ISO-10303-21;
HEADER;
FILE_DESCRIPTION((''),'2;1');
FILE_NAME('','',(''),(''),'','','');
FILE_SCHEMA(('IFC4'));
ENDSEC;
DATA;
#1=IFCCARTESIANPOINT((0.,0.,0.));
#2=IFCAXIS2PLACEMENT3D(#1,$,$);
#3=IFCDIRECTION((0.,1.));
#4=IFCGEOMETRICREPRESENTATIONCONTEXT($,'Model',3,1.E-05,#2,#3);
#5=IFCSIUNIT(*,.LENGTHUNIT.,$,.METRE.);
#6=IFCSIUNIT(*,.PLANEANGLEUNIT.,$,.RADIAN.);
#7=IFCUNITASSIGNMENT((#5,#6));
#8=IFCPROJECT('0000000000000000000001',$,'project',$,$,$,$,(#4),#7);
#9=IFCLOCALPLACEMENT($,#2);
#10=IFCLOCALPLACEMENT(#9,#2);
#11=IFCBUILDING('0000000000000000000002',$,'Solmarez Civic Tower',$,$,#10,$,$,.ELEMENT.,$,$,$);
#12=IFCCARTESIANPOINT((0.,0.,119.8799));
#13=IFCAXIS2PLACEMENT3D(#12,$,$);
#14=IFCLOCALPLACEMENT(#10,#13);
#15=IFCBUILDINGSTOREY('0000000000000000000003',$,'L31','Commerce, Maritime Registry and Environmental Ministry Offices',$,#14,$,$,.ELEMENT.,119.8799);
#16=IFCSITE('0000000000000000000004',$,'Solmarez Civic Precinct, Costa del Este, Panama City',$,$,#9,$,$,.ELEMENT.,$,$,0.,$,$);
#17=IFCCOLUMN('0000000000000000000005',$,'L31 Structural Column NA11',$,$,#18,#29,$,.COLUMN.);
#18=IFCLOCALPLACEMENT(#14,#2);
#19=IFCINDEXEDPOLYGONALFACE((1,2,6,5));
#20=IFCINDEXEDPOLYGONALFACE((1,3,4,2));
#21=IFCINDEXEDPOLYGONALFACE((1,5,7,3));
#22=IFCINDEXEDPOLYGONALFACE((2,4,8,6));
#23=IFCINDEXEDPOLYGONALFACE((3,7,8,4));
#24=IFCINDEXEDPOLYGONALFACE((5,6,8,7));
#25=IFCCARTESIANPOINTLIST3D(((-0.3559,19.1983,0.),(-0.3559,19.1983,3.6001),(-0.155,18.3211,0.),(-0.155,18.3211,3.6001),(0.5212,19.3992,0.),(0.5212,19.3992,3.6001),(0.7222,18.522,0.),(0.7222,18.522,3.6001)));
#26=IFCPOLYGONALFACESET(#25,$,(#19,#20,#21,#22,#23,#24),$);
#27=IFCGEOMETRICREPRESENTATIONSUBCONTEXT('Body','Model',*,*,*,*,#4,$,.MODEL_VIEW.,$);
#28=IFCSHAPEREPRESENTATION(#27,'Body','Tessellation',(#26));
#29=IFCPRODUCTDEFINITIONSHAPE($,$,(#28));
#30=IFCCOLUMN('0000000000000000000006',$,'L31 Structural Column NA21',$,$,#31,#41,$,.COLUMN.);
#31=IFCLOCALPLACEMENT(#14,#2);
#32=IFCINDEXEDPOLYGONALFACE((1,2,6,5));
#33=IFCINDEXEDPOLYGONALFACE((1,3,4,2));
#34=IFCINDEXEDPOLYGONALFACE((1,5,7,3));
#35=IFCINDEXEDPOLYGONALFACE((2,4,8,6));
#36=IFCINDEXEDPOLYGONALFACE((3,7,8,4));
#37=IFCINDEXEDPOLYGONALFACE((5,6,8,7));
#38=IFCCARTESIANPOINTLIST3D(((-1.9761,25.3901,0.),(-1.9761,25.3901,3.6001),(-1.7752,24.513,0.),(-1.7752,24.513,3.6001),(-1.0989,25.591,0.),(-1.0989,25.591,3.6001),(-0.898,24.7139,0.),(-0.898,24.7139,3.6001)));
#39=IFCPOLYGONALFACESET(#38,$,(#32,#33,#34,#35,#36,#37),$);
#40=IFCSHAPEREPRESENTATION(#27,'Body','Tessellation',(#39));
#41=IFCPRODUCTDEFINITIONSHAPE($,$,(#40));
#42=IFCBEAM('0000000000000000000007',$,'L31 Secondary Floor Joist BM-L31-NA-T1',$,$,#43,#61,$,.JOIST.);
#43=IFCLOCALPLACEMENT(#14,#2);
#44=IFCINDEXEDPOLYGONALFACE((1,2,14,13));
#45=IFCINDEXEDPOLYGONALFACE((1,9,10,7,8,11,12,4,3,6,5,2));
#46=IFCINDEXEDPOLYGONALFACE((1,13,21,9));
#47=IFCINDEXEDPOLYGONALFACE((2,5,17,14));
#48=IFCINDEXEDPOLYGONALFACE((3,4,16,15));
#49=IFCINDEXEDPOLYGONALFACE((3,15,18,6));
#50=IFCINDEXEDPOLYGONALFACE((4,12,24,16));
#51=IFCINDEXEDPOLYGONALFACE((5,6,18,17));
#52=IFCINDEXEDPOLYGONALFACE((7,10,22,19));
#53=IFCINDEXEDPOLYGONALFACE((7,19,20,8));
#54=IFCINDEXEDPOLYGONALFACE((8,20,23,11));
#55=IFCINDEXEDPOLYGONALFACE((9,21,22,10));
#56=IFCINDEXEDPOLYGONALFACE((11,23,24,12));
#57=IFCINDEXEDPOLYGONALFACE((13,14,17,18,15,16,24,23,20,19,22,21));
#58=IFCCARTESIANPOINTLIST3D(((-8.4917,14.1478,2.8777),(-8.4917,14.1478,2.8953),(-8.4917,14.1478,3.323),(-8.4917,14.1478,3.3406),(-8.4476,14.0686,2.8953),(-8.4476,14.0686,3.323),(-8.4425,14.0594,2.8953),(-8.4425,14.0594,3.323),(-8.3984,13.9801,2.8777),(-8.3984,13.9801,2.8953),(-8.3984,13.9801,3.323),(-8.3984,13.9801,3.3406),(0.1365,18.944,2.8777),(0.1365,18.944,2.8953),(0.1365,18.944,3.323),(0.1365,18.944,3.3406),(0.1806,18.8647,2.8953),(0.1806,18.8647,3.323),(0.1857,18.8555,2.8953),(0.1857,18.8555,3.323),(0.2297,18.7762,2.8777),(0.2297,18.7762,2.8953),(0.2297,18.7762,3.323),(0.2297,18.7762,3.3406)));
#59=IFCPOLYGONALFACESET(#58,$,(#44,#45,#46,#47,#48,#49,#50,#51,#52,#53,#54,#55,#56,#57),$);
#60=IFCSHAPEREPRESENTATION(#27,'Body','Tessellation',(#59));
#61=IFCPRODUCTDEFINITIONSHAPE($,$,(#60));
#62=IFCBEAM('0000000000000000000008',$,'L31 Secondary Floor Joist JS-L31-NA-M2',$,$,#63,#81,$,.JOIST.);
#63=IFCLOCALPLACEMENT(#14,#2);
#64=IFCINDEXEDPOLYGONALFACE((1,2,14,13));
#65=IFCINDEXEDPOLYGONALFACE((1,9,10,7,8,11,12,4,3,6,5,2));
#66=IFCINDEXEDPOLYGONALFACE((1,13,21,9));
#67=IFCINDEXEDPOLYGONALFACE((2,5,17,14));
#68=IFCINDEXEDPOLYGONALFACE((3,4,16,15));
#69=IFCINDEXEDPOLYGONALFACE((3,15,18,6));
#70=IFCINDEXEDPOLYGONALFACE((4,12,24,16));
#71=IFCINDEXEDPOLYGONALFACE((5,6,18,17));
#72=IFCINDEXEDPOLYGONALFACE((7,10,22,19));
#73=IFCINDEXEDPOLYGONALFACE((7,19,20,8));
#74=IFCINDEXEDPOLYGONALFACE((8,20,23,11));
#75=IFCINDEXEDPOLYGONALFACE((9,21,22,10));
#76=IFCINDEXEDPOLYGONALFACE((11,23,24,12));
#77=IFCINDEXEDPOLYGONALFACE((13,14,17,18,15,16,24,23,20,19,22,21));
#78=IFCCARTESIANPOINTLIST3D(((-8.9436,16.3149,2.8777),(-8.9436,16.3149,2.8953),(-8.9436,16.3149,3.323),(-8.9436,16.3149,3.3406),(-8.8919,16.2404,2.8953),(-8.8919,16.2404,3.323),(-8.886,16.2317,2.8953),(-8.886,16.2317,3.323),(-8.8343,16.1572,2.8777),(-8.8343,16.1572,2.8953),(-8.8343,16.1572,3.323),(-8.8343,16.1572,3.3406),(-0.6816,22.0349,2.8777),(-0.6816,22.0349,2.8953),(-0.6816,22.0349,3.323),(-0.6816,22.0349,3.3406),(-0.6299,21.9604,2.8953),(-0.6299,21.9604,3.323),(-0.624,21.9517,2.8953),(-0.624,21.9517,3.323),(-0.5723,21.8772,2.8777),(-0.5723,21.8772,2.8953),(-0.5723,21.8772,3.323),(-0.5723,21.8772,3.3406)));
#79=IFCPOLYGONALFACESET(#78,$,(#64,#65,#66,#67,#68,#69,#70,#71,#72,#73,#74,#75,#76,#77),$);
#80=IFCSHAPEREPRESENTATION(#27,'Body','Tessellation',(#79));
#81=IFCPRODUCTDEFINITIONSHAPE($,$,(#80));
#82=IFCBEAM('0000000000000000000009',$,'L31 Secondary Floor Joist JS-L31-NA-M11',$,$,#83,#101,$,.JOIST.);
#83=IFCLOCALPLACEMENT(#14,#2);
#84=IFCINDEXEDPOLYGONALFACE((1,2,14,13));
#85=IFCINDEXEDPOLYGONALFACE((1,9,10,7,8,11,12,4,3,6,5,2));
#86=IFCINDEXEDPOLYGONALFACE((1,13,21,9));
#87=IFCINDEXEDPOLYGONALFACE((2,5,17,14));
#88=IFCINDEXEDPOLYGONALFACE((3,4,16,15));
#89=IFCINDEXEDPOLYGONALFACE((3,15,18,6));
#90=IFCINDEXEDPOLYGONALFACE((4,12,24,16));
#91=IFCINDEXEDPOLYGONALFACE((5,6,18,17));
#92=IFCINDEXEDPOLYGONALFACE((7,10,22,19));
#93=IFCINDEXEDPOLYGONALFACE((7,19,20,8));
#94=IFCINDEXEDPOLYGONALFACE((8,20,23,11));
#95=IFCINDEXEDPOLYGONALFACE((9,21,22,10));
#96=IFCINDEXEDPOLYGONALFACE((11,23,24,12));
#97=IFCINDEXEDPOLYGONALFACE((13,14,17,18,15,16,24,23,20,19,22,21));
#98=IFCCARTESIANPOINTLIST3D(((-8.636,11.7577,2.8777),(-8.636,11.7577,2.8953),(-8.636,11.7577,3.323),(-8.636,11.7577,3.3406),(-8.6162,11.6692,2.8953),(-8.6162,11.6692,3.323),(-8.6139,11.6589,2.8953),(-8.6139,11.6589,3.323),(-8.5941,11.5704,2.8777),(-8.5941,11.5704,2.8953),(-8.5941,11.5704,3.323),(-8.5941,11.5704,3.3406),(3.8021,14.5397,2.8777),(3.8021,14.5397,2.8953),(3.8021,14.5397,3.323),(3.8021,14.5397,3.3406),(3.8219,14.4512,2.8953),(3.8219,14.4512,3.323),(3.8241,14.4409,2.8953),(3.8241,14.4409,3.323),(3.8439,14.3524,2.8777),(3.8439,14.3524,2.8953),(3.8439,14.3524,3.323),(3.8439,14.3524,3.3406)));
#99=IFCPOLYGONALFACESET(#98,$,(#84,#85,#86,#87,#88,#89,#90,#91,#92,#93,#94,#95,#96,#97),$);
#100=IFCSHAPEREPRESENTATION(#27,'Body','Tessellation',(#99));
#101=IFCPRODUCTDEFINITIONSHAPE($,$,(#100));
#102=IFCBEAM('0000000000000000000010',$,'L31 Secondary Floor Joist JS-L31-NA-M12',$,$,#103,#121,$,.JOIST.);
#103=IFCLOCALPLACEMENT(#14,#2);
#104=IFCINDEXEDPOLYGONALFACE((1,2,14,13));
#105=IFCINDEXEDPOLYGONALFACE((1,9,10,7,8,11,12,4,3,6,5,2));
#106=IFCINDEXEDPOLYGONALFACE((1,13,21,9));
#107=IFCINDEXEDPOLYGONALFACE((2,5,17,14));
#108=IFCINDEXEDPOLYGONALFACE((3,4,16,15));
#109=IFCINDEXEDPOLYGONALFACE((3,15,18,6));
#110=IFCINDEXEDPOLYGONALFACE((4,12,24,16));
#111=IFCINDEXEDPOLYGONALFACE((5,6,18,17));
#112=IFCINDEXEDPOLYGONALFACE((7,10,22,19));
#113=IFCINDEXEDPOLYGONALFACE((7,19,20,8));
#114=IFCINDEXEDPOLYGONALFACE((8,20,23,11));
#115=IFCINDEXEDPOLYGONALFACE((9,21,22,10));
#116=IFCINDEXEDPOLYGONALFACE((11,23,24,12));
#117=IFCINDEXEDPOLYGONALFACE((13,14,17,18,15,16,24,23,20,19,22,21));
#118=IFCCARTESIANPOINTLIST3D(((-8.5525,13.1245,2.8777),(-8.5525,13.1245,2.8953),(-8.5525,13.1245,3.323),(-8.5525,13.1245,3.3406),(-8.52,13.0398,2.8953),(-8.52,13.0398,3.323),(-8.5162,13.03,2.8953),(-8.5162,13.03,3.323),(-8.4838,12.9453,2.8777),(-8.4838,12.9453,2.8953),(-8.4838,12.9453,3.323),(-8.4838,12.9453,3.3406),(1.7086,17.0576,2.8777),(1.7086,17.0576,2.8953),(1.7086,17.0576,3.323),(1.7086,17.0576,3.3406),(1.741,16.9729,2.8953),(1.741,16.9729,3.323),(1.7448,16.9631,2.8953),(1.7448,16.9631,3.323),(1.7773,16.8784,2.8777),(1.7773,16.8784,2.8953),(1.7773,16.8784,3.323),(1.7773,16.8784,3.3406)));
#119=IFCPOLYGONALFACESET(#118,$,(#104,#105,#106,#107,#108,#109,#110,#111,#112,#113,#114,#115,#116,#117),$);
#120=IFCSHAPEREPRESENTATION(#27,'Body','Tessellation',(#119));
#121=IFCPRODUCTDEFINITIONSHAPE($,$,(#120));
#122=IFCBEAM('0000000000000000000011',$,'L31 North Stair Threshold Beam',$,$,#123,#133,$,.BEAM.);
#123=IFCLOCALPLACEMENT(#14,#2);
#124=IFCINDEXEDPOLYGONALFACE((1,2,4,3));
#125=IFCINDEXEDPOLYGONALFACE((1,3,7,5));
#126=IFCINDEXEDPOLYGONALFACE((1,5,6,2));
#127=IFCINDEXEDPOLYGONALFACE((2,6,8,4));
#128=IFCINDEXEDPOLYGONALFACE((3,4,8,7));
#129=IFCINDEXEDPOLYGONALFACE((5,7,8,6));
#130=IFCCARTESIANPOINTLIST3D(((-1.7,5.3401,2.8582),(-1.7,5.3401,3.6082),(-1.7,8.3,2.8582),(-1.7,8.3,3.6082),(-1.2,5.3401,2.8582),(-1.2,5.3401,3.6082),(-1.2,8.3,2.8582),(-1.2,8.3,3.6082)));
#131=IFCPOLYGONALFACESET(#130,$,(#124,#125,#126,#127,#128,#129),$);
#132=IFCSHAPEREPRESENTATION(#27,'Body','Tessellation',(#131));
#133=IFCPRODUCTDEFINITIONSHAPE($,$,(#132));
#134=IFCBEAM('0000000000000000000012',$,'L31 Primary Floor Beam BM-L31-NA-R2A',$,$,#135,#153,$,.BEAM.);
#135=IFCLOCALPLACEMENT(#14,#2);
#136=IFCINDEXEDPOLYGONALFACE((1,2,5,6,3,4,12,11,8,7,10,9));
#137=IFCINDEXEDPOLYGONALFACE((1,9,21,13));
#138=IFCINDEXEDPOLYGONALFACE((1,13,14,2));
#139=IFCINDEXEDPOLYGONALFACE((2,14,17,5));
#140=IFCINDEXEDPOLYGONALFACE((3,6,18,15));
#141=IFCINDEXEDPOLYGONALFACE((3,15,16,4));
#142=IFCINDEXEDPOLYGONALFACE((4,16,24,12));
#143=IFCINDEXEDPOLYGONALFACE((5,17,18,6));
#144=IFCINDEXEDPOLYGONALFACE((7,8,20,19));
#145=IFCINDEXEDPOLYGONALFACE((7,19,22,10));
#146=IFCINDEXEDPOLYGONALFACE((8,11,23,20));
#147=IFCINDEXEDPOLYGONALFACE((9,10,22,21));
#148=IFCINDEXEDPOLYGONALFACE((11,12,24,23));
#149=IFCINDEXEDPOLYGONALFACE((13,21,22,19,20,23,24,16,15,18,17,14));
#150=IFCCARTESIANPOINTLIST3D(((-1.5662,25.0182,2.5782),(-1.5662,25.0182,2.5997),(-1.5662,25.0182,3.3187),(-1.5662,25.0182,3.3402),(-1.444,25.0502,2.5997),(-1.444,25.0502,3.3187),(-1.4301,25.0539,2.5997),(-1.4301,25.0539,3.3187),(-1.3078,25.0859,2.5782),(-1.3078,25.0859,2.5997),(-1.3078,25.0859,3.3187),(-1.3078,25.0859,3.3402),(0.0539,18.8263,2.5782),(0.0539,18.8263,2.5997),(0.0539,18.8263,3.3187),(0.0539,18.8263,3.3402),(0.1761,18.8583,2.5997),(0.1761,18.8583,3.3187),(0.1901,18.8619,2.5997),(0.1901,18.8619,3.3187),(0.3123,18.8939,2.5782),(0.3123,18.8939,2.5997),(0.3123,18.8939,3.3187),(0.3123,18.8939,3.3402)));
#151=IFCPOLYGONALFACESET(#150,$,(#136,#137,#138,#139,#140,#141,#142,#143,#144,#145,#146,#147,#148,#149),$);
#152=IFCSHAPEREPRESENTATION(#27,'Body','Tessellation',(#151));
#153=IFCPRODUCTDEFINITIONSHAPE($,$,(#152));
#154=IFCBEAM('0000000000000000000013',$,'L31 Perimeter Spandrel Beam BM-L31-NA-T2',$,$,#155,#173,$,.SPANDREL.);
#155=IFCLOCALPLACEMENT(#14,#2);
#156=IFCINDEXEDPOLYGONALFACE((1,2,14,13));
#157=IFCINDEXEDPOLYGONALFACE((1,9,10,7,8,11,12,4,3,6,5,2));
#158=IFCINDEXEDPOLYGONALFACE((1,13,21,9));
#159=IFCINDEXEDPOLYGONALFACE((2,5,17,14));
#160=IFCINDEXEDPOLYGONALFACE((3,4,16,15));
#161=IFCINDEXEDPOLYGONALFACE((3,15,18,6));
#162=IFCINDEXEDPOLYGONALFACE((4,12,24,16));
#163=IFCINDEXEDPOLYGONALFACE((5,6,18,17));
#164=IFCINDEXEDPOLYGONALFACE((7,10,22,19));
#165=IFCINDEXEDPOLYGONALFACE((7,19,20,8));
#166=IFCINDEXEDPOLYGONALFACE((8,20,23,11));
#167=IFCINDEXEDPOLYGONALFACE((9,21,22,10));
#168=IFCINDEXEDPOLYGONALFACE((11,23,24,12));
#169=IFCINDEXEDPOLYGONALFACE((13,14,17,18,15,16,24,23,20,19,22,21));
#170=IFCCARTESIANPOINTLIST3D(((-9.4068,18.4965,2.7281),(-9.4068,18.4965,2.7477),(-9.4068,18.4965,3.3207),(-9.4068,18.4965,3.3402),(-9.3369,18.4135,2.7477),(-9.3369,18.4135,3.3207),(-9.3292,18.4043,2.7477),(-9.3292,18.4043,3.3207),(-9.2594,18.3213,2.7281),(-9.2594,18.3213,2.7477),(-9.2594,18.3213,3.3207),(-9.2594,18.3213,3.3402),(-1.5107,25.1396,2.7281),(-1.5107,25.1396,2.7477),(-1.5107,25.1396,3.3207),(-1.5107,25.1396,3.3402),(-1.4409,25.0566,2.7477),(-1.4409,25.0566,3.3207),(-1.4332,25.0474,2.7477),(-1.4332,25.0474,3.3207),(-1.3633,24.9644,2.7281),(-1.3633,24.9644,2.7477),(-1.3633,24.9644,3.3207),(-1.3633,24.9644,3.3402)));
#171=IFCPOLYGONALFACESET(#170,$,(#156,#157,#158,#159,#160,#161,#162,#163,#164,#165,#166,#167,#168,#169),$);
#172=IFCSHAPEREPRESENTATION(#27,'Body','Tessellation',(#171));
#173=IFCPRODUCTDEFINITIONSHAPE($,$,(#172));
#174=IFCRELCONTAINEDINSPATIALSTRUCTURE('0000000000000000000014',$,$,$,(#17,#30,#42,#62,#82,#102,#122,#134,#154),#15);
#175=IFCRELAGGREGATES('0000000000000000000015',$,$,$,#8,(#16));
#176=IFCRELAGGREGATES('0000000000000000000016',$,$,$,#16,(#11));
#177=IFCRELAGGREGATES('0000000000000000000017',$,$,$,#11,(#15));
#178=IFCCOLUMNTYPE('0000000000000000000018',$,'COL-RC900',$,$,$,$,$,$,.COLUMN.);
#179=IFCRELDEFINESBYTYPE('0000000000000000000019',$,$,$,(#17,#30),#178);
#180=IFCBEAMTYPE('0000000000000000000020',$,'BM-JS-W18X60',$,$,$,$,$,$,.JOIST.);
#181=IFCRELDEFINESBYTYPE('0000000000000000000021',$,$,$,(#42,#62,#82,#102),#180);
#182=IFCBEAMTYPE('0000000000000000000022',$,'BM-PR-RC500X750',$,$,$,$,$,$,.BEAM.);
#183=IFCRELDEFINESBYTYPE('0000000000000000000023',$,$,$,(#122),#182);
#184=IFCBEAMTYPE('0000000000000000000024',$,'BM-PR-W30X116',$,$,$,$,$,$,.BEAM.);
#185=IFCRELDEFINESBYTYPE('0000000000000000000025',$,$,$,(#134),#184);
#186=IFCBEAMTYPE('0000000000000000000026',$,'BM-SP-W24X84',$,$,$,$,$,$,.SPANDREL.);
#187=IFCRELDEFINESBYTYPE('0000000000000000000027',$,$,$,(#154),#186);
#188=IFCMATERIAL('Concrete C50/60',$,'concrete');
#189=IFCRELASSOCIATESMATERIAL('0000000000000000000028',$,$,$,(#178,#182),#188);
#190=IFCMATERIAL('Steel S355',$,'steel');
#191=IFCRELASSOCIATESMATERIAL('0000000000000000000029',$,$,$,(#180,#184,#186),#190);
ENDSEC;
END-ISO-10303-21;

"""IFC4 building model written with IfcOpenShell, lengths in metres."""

from ifc_helpers import new_model, si_unit, direction, frame, origin, origin_2d, place, context, subcontext, project, spatial, rectangle, i_section, extrude, material, material_profile, profile_set, type_object, element, save


model = new_model("IFC4")

# Units and contexts
model_context = context("Model", 3, precision=1e-05, world=origin(), true_north=direction((0.0, 1.0)))
body_context = subcontext(model_context, "Body", "Model", "MODEL_VIEW")
ifc_project = project(units=[si_unit("LENGTHUNIT", "METRE"), si_unit("PLANEANGLEUNIT", "RADIAN")], contexts=[model_context])

# Site, building, storey
site_placement = place(None, origin())
site = spatial("IfcSite", under=ifc_project, at=site_placement, Name="Solmarez Civic Precinct, Costa del Este, Panama City", CompositionType="ELEMENT", RefElevation=0.0)
building_placement = place(site_placement, origin())
building = spatial("IfcBuilding", under=site, at=building_placement, Name="Solmarez Civic Tower", CompositionType="ELEMENT")
storey_placement = place(building_placement, frame((0.0, 0.0, 119.8799)))
storey = spatial("IfcBuildingStorey", under=building, at=storey_placement, Name="L31", Description="Commerce, Maritime Registry and Environmental Ministry Offices", CompositionType="ELEMENT", Elevation=119.8799)

# Columns
ifc_material_1 = material(Name="Concrete C50/60", Category="concrete")
ifc_material_profile_1 = material_profile(ifc_material_1, rectangle(XDim=0.8999, YDim=0.8999, at=origin_2d()), Name="RC900X900")
ifc_profile_set_1 = profile_set([ifc_material_profile_1], Name="Concrete C50/60")
column_type = type_object("IfcColumnType", Name="COL-RC900", PredefinedType="COLUMN", material=ifc_profile_set_1)
for number, where, z_axis, x_axis, name in (
    (1, (0.1831, 18.8601, 0.0), (0.0, 0.0, 1.0), (0.974761, 0.22325, 0.0), "L31 Structural Column NA11"),
    (2, (-1.437, 25.052, 0.0), (0.0, 0.0, 1.0), (0.974761, 0.22325, 0.0), "L31 Structural Column NA21"),
):
    element("IfcColumn", number, at=place(storey_placement, frame(where, z_axis=z_axis, x_axis=x_axis)), inside=storey, type_object=column_type, Name=name, PredefinedType="COLUMN", context=body_context, shape_type="SweptSolid", body=[
        extrude(rectangle(XDim=0.8999, YDim=0.8999, at=origin_2d()), origin(), (0.0, 0.0, 1.0), 3.6001),
    ])

# Beams
ifc_material_2 = material(Name="Steel S355", Category="steel")
ifc_material_profile_2 = material_profile(ifc_material_2, i_section(OverallWidth=0.1919, OverallDepth=0.4629, WebThickness=0.0105, FlangeThickness=0.0176, at=origin_2d()), Name="W18X60")
ifc_profile_set_2 = profile_set([ifc_material_profile_2], Name="Steel S355")
beam_type_1 = type_object("IfcBeamType", Name="BM-JS-W18X60", PredefinedType="JOIST", material=ifc_profile_set_2)
beam_1_placement = place(storey_placement, frame((0.1831, 18.8601, 3.1091), z_axis=(-0.874041, -0.485853, 0.0), x_axis=(0.485853, -0.874041, 0.0)))
element("IfcBeam", 3, at=beam_1_placement, inside=storey, type_object=beam_type_1, Name="L31 Secondary Floor Joist BM-L31-NA-T1", PredefinedType="JOIST", context=body_context, shape_type="SweptSolid", body=[
    extrude(i_section(OverallWidth=0.1919, OverallDepth=0.4629, WebThickness=0.0105, FlangeThickness=0.0176, at=origin_2d()), origin(), (0.0, 0.0, 1.0), 9.8716),
])
beam_2_placement = place(storey_placement, frame((-0.627, 21.9561, 3.1091), z_axis=(-0.822185, -0.56922, 0.0), x_axis=(0.56922, -0.822185, 0.0)))
element("IfcBeam", 4, at=beam_2_placement, inside=storey, type_object=beam_type_1, Name="L31 Secondary Floor Joist JS-L31-NA-M2", PredefinedType="JOIST", context=body_context, shape_type="SweptSolid", body=[
    extrude(i_section(OverallWidth=0.1919, OverallDepth=0.4629, WebThickness=0.0105, FlangeThickness=0.0176, at=origin_2d()), origin(), (0.0, 0.0, 1.0), 10.0488),
])
beam_3_placement = place(storey_placement, frame((3.823, 14.446, 3.1091), z_axis=(-0.975887, -0.218275, 0.0), x_axis=(0.218275, -0.975887, 0.0)))
element("IfcBeam", 5, at=beam_3_placement, inside=storey, type_object=beam_type_1, Name="L31 Secondary Floor Joist JS-L31-NA-M11", PredefinedType="JOIST", context=body_context, shape_type="SweptSolid", body=[
    extrude(i_section(OverallWidth=0.1919, OverallDepth=0.4629, WebThickness=0.0105, FlangeThickness=0.0176, at=origin_2d()), origin(), (0.0, 0.0, 1.0), 12.7454),
])
beam_4_placement = place(storey_placement, frame((1.7429, 16.968, 3.1091), z_axis=(-0.933754, -0.357914, 0.0), x_axis=(0.357914, -0.933754, 0.0)))
element("IfcBeam", 6, at=beam_4_placement, inside=storey, type_object=beam_type_1, Name="L31 Secondary Floor Joist JS-L31-NA-M12", PredefinedType="JOIST", context=body_context, shape_type="SweptSolid", body=[
    extrude(i_section(OverallWidth=0.1919, OverallDepth=0.4629, WebThickness=0.0105, FlangeThickness=0.0176, at=origin_2d()), origin(), (0.0, 0.0, 1.0), 10.989),
])
ifc_material_profile_3 = material_profile(ifc_material_1, rectangle(XDim=0.5, YDim=0.75, at=origin_2d()), Name="RC500X750")
ifc_profile_set_3 = profile_set([ifc_material_profile_3], Name="Concrete C50/60")
beam_type_2 = type_object("IfcBeamType", Name="BM-PR-RC500X750", PredefinedType="BEAM", material=ifc_profile_set_3)
beam_5_placement = place(storey_placement, frame((-1.45, 5.3401, 3.2332), z_axis=(0.0, 1.0, 0.0), x_axis=(-1.0, 0.0, 0.0)))
element("IfcBeam", 7, at=beam_5_placement, inside=storey, type_object=beam_type_2, Name="L31 North Stair Threshold Beam", PredefinedType="BEAM", context=body_context, shape_type="SweptSolid", body=[
    extrude(rectangle(XDim=0.5, YDim=0.75, at=origin_2d()), origin(), (0.0, 0.0, 1.0), 2.96),
])
ifc_material_profile_4 = material_profile(ifc_material_2, i_section(OverallWidth=0.2671, OverallDepth=0.762, WebThickness=0.0144, FlangeThickness=0.0215, at=origin_2d()), Name="W30X116")
ifc_profile_set_4 = profile_set([ifc_material_profile_4], Name="Steel S355")
beam_type_3 = type_object("IfcBeamType", Name="BM-PR-W30X116", PredefinedType="BEAM", material=ifc_profile_set_4)
beam_6_placement = place(storey_placement, frame((0.1831, 18.8601, 2.9592), z_axis=(-0.25313, 0.967432, 0.0), x_axis=(-0.967432, -0.25313, 0.0)))
element("IfcBeam", 8, at=beam_6_placement, inside=storey, type_object=beam_type_3, Name="L31 Primary Floor Beam BM-L31-NA-R2A", PredefinedType="BEAM", context=body_context, shape_type="SweptSolid", body=[
    extrude(i_section(OverallWidth=0.2671, OverallDepth=0.762, WebThickness=0.0144, FlangeThickness=0.0215, at=origin_2d()), origin(), (0.0, 0.0, 1.0), 6.4004),
])
ifc_material_profile_5 = material_profile(ifc_material_2, i_section(OverallWidth=0.229, OverallDepth=0.6121, WebThickness=0.012, FlangeThickness=0.0195, at=origin_2d()), Name="W24X84")
ifc_profile_set_5 = profile_set([ifc_material_profile_5], Name="Steel S355")
beam_type_4 = type_object("IfcBeamType", Name="BM-SP-W24X84", PredefinedType="SPANDREL", material=ifc_profile_set_5)
beam_7_placement = place(storey_placement, frame((-1.437, 25.052, 3.0342), z_axis=(-0.765207, -0.643784, 0.0), x_axis=(0.643784, -0.765207, 0.0)))
element("IfcBeam", 9, at=beam_7_placement, inside=storey, type_object=beam_type_4, Name="L31 Perimeter Spandrel Beam BM-L31-NA-T2", PredefinedType="SPANDREL", context=body_context, shape_type="SweptSolid", body=[
    extrude(i_section(OverallWidth=0.229, OverallDepth=0.6121, WebThickness=0.012, FlangeThickness=0.0195, at=origin_2d()), origin(), (0.0, 0.0, 1.0), 10.3188),
])

save(model, "model.ifc")
